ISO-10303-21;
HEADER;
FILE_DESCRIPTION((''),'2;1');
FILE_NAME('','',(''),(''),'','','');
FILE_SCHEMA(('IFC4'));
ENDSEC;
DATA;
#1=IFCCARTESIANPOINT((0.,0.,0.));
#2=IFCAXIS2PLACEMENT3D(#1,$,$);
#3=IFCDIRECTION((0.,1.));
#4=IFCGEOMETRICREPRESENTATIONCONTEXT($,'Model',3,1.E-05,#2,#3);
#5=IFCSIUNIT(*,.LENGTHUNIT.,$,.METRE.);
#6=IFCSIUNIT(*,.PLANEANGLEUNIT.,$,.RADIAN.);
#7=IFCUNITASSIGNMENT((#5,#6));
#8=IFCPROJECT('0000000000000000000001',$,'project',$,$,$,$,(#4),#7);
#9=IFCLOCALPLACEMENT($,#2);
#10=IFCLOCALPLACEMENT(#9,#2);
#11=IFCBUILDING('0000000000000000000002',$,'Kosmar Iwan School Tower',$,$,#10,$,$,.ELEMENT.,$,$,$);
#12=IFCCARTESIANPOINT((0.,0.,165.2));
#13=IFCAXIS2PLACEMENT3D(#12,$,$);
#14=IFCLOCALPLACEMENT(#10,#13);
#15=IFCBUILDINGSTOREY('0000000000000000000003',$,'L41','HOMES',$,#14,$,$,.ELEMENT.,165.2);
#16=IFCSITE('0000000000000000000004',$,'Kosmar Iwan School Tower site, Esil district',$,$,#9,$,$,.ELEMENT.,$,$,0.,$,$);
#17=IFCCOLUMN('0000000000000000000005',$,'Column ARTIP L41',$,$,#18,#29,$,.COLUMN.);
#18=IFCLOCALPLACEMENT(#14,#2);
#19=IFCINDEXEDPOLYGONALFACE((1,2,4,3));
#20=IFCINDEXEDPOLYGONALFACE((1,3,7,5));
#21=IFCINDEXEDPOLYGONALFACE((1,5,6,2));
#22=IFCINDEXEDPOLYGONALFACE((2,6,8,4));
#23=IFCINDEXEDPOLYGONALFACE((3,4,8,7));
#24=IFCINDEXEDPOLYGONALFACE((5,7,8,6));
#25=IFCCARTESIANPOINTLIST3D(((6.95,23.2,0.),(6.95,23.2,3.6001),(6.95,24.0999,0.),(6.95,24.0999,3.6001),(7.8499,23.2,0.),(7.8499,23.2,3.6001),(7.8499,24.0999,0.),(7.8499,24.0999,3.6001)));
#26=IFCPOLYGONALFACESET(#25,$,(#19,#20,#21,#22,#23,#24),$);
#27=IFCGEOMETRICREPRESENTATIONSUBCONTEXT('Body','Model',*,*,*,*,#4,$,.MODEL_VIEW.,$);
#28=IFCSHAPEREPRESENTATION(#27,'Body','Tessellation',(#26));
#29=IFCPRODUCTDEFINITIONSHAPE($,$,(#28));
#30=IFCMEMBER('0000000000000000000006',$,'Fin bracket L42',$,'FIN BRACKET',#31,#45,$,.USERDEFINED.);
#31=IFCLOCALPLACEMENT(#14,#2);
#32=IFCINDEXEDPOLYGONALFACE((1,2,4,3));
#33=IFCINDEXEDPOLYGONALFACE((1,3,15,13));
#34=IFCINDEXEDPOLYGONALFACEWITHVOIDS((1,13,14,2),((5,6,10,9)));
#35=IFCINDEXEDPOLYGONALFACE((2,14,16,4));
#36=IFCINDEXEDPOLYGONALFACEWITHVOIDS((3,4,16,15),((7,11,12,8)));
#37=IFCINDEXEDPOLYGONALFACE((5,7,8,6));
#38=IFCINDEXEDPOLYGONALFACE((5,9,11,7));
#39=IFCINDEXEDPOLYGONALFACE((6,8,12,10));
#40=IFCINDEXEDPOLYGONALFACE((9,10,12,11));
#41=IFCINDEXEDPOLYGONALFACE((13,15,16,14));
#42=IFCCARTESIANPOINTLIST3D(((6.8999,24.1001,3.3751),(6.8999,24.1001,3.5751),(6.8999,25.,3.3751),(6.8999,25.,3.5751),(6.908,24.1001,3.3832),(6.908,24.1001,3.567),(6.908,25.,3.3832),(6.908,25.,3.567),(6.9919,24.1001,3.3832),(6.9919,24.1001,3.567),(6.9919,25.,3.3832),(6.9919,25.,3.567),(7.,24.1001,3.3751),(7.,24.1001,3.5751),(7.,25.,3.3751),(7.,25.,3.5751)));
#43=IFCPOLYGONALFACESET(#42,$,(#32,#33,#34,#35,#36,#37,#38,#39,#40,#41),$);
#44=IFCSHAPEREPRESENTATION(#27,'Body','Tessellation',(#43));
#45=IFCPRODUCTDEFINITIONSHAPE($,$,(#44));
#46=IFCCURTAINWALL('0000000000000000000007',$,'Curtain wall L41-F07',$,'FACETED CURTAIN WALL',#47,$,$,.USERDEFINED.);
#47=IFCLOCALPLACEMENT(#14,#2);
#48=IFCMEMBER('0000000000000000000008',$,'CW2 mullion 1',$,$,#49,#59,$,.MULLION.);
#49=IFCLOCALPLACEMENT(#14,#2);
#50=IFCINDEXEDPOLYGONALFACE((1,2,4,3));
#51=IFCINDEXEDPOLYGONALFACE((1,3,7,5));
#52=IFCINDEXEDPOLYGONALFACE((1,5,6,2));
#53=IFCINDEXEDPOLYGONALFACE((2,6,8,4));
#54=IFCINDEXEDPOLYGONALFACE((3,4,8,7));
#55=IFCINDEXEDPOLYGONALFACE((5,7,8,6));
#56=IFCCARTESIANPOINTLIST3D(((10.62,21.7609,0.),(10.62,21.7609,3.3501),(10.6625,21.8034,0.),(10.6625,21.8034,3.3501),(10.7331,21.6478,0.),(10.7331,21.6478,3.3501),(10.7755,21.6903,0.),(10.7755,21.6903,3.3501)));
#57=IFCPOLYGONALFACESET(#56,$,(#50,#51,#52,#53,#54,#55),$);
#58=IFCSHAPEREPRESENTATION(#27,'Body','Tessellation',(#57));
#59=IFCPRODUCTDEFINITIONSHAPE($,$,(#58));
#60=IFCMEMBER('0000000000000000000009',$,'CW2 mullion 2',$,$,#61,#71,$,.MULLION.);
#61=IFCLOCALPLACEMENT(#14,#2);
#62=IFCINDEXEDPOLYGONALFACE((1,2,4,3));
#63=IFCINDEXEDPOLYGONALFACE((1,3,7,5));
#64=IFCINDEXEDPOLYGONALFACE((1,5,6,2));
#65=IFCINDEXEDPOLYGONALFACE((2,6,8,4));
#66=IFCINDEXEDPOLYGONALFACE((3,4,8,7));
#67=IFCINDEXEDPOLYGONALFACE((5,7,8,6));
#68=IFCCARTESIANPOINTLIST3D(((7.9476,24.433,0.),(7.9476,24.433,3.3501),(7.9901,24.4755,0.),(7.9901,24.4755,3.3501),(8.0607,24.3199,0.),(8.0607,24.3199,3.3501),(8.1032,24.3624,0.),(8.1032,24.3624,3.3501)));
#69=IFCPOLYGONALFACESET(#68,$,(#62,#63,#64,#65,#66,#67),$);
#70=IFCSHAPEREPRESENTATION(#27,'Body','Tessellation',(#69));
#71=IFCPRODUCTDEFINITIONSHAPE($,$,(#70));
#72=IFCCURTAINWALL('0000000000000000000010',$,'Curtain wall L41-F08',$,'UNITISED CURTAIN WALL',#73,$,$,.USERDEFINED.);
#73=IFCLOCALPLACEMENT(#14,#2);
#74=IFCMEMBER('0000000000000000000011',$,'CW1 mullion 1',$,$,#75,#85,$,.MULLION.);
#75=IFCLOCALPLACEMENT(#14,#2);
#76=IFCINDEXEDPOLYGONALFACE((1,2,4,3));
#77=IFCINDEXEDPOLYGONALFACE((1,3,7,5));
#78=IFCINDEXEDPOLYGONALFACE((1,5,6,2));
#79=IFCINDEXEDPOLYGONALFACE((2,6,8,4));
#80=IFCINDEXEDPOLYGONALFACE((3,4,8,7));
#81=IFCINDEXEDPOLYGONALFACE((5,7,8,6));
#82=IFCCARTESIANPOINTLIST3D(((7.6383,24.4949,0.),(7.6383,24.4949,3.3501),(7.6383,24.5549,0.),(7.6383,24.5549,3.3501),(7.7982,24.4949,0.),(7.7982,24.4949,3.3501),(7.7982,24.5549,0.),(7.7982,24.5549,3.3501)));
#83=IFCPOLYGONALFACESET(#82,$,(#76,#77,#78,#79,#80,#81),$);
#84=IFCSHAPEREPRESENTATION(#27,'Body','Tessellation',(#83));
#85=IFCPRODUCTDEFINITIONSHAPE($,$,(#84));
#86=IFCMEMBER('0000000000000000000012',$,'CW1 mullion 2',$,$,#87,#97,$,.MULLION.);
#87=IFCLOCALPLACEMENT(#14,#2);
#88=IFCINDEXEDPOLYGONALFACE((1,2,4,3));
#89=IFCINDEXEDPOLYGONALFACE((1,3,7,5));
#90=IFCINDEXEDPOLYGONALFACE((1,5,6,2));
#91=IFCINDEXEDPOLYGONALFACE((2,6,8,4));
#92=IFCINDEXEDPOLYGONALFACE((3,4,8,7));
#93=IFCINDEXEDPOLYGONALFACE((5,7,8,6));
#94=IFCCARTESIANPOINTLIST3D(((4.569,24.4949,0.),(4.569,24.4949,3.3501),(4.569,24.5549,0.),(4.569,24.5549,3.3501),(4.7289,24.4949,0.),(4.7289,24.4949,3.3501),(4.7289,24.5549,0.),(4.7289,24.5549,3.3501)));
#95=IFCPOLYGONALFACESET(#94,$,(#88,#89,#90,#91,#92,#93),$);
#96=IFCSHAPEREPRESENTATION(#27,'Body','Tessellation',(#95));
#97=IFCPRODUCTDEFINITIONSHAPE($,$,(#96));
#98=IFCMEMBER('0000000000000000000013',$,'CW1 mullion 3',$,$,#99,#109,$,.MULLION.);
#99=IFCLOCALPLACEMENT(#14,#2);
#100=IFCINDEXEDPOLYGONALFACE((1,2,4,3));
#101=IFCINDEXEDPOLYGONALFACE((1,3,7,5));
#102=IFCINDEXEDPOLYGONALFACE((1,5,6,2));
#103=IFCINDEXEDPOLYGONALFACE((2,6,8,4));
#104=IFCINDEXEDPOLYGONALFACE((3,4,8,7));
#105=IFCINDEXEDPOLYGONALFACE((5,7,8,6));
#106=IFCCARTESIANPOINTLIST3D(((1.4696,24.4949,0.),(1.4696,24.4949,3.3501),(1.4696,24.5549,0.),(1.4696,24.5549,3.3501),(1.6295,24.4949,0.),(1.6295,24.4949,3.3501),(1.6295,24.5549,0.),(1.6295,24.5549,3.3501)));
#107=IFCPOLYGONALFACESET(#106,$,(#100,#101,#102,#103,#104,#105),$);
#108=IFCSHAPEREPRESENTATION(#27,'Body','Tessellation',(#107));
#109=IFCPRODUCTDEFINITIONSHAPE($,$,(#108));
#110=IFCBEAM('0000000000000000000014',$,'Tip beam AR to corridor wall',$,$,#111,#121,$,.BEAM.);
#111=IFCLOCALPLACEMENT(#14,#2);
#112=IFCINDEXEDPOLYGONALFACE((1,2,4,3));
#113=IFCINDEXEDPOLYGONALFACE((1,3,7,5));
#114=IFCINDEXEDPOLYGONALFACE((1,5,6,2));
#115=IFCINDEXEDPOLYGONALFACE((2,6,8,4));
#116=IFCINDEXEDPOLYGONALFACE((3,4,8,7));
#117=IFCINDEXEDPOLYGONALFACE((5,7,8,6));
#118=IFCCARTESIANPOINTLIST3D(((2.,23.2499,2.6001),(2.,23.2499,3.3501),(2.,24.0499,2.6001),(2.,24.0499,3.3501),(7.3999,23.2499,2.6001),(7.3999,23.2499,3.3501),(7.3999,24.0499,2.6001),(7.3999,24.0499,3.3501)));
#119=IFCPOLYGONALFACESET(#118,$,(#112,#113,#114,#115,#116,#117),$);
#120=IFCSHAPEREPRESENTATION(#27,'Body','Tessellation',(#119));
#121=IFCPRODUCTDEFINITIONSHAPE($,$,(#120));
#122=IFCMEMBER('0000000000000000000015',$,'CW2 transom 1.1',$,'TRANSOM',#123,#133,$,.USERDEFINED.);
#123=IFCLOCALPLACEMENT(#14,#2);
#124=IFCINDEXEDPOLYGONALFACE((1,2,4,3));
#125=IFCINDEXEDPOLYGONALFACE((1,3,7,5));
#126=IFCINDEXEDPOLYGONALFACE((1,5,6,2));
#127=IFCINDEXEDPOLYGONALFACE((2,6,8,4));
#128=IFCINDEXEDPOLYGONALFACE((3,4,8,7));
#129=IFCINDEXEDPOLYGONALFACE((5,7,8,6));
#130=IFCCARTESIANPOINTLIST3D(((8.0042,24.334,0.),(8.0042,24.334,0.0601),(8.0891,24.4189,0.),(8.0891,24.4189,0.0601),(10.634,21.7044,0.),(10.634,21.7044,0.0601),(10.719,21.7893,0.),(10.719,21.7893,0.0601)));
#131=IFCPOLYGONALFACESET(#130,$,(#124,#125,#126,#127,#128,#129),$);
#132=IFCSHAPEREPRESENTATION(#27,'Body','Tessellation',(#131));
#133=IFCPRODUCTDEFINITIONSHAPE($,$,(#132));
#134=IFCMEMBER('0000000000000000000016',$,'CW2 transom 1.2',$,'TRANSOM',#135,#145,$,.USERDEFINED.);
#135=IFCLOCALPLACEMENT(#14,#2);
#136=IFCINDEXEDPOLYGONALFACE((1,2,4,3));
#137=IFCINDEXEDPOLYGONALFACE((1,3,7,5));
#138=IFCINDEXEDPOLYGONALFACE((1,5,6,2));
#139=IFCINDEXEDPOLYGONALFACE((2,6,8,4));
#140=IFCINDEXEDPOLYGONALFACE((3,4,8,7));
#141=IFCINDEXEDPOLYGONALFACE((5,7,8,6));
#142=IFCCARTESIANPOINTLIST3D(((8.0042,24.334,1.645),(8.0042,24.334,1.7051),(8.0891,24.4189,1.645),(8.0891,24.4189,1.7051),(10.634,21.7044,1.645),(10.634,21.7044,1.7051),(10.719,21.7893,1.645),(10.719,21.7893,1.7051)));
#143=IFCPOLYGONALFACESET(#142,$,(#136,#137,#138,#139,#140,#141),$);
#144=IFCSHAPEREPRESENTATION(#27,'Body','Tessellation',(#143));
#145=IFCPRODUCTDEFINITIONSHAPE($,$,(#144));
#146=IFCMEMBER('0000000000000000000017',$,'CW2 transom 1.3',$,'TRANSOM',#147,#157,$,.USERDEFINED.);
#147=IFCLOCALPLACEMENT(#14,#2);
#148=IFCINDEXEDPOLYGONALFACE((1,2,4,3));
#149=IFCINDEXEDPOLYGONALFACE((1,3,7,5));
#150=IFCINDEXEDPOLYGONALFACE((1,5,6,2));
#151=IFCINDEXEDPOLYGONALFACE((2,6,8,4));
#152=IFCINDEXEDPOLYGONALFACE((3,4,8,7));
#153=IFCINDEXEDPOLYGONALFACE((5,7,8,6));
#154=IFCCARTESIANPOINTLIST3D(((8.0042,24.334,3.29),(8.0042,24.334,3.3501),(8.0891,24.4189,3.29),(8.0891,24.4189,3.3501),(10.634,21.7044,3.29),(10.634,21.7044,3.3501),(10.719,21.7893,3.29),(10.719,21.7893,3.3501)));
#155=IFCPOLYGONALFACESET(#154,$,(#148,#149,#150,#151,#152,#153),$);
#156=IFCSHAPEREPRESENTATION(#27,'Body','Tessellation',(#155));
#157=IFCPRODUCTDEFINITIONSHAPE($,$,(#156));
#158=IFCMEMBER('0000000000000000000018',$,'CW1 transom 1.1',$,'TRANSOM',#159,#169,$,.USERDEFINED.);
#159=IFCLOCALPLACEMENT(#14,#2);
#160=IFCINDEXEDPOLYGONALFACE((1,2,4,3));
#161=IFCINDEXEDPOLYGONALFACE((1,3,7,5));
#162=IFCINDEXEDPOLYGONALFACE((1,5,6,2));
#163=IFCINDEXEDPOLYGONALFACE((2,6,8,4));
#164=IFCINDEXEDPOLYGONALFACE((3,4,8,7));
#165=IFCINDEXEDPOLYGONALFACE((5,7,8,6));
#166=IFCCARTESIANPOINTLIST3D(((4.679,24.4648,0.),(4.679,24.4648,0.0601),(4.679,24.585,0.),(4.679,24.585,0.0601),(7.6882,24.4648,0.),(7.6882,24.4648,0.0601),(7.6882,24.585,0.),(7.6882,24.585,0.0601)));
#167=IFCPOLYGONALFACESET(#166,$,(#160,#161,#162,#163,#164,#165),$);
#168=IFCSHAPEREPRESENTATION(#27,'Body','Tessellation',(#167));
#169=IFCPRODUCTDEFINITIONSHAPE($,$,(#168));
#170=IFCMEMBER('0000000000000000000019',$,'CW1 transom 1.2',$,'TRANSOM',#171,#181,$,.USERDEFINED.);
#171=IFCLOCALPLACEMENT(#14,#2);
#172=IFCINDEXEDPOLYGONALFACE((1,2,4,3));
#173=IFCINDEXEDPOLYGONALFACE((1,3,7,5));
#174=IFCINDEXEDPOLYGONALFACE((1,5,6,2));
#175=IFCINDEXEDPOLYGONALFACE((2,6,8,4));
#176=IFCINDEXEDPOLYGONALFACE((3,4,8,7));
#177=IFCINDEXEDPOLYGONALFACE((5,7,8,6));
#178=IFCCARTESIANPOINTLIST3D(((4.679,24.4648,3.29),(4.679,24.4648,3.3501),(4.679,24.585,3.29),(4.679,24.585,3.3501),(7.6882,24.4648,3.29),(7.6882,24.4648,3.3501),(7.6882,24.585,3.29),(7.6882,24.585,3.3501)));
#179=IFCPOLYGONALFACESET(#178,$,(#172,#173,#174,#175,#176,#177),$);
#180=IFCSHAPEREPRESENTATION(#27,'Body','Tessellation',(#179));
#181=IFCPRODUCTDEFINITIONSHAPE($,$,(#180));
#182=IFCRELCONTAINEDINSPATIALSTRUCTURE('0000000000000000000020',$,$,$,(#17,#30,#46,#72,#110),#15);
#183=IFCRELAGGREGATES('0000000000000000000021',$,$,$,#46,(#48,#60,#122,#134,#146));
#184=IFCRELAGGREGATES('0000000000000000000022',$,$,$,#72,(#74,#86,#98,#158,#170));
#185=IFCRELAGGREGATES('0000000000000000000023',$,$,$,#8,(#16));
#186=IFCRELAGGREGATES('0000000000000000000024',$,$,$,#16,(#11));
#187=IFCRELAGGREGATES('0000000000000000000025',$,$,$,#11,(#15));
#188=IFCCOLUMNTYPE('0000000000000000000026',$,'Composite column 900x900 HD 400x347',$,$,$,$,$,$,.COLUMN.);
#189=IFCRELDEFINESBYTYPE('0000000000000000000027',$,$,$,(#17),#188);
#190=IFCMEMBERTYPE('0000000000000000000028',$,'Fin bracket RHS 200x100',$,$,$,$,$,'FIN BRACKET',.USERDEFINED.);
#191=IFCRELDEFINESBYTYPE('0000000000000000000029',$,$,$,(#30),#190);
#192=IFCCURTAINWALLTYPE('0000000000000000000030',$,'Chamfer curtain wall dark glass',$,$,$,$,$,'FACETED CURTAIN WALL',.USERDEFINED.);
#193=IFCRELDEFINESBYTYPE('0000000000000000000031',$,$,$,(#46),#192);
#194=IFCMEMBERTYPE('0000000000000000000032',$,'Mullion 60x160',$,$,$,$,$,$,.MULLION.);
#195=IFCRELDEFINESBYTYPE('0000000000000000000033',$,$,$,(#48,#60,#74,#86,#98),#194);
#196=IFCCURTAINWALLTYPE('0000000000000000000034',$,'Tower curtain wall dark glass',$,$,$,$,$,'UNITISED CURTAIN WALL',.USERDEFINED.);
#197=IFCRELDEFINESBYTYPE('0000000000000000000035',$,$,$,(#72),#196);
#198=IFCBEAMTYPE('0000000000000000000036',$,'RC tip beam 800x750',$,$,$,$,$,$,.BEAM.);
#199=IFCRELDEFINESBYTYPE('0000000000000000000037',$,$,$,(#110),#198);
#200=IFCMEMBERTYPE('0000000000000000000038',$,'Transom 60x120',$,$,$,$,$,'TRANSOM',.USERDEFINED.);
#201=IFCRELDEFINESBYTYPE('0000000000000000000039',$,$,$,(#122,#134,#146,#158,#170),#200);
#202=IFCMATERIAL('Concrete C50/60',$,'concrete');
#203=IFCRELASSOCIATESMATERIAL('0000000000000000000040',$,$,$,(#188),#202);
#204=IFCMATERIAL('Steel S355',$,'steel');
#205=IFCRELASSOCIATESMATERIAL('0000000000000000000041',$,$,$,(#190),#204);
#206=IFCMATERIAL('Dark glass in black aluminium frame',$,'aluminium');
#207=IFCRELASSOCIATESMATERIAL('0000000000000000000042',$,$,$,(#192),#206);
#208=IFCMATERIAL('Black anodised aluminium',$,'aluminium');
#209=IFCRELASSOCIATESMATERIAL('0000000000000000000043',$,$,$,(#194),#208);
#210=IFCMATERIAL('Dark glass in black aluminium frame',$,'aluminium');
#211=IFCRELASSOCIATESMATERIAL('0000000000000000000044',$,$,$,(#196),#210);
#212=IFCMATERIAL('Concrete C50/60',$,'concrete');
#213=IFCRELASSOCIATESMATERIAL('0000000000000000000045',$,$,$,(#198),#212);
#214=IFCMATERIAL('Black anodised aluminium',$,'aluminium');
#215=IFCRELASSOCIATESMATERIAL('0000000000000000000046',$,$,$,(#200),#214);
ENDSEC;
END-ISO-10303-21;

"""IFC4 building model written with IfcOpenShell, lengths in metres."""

from ifc_helpers import new_model, si_unit, direction, frame, origin, origin_2d, place, context, subcontext, project, spatial, rectangle, hollow_rectangle, extrude, material, material_profile, profile_set, type_object, element, aggregate, save


model = new_model("IFC4")

# Units and contexts
model_context = context("Model", 3, precision=1e-05, world=origin(), true_north=direction((0.0, 1.0)))
body_context = subcontext(model_context, "Body", "Model", "MODEL_VIEW")
ifc_project = project(units=[si_unit("LENGTHUNIT", "METRE"), si_unit("PLANEANGLEUNIT", "RADIAN")], contexts=[model_context])

# Site, building, storey
site_placement = place(None, origin())
site = spatial("IfcSite", under=ifc_project, at=site_placement, Name="Kosmar Iwan School Tower site, Esil district", CompositionType="ELEMENT", RefElevation=0.0)
building_placement = place(site_placement, origin())
building = spatial("IfcBuilding", under=site, at=building_placement, Name="Kosmar Iwan School Tower", CompositionType="ELEMENT")
storey_placement = place(building_placement, frame((0.0, 0.0, 165.2)))
storey = spatial("IfcBuildingStorey", under=building, at=storey_placement, Name="L41", Description="HOMES", CompositionType="ELEMENT", Elevation=165.2)

# Column
ifc_material_1 = material(Name="Concrete C50/60", Category="concrete")
ifc_material_profile_1 = material_profile(ifc_material_1, rectangle(XDim=0.8999, YDim=0.8999, at=origin_2d()), Name="RC 900x900 + HD 400x347")
ifc_profile_set_1 = profile_set([ifc_material_profile_1], Name="Concrete C50/60")
column_type = type_object("IfcColumnType", Name="Composite column 900x900 HD 400x347", PredefinedType="COLUMN", material=ifc_profile_set_1)
column_placement = place(storey_placement, frame((7.3999, 23.6499, 0.0), z_axis=(0.0, 0.0, 1.0), x_axis=(0.0, 1.0, 0.0)))
element("IfcColumn", 1, at=column_placement, inside=storey, type_object=column_type, Name="Column ARTIP L41", PredefinedType="COLUMN", context=body_context, shape_type="SweptSolid", body=[
    extrude(rectangle(XDim=0.8999, YDim=0.8999, at=origin_2d()), origin(), (0.0, 0.0, 1.0), 3.6001),
])

# Member
ifc_material_2 = material(Name="Steel S355", Category="steel")
ifc_material_profile_2 = material_profile(ifc_material_2, hollow_rectangle(XDim=0.1001, YDim=0.2, WallThickness=0.0081, at=origin_2d()), Name="RHS 200x100x8")
ifc_profile_set_2 = profile_set([ifc_material_profile_2], Name="Steel S355")
member_type_1 = type_object("IfcMemberType", Name="Fin bracket RHS 200x100", ElementType="FIN BRACKET", PredefinedType="USERDEFINED", material=ifc_profile_set_2)
member_1_placement = place(storey_placement, frame((6.95, 24.1001, 3.4751), z_axis=(0.0, 1.0, 0.0), x_axis=(-1.0, 0.0, 0.0)))
element("IfcMember", 2, at=member_1_placement, inside=storey, type_object=member_type_1, Name="Fin bracket L42", ObjectType="FIN BRACKET", PredefinedType="USERDEFINED", context=body_context, shape_type="SweptSolid", body=[
    extrude(hollow_rectangle(XDim=0.1001, YDim=0.2, WallThickness=0.0081, at=origin_2d()), origin(), (0.0, 0.0, 1.0), 0.8999),
])

# Curtain walls, members
ifc_material_3 = material(Name="Dark glass in black aluminium frame", Category="aluminium")
curtain_wall_type_1 = type_object("IfcCurtainWallType", Name="Chamfer curtain wall dark glass", ElementType="FACETED CURTAIN WALL", PredefinedType="USERDEFINED", material=ifc_material_3)
curtain_wall_1_placement = place(storey_placement, origin())
curtain_wall_1 = element("IfcCurtainWall", 3, at=curtain_wall_1_placement, inside=storey, type_object=curtain_wall_type_1, Name="Curtain wall L41-F07", ObjectType="FACETED CURTAIN WALL", PredefinedType="USERDEFINED")
ifc_material_4 = material(Name="Black anodised aluminium", Category="aluminium")
ifc_material_profile_3 = material_profile(ifc_material_4, rectangle(XDim=0.0601, YDim=0.1599, at=origin_2d()), Name="MULLION 60x160")
ifc_profile_set_3 = profile_set([ifc_material_profile_3], Name="Black anodised aluminium")
member_type_2 = type_object("IfcMemberType", Name="Mullion 60x160", PredefinedType="MULLION", material=ifc_profile_set_3)
member_2_placement = place(storey_placement, frame((10.6978, 21.7256, 0.0), z_axis=(0.0, 0.0, 1.0), x_axis=(-0.707107, -0.707107, 0.0)))
member_2 = element("IfcMember", 4, at=member_2_placement, type_object=member_type_2, Name="CW2 mullion 1", PredefinedType="MULLION", context=body_context, shape_type="SweptSolid", body=[
    extrude(rectangle(XDim=0.0601, YDim=0.1599, at=origin_2d()), origin(), (0.0, 0.0, 1.0), 3.3501),
])
member_3_placement = place(storey_placement, frame((8.0254, 24.3977, 0.0), z_axis=(0.0, 0.0, 1.0), x_axis=(-0.707107, -0.707107, 0.0)))
member_3 = element("IfcMember", 5, at=member_3_placement, type_object=member_type_2, Name="CW2 mullion 2", PredefinedType="MULLION", context=body_context, shape_type="SweptSolid", body=[
    extrude(rectangle(XDim=0.0601, YDim=0.1599, at=origin_2d()), origin(), (0.0, 0.0, 1.0), 3.3501),
])
ifc_material_5 = material(Name="Dark glass in black aluminium frame", Category="aluminium")
curtain_wall_type_2 = type_object("IfcCurtainWallType", Name="Tower curtain wall dark glass", ElementType="UNITISED CURTAIN WALL", PredefinedType="USERDEFINED", material=ifc_material_5)
curtain_wall_2_placement = place(storey_placement, origin())
curtain_wall_2 = element("IfcCurtainWall", 6, at=curtain_wall_2_placement, inside=storey, type_object=curtain_wall_type_2, Name="Curtain wall L41-F08", ObjectType="UNITISED CURTAIN WALL", PredefinedType="USERDEFINED")
member_4_placement = place(storey_placement, frame((7.7183, 24.5249, 0.0), z_axis=(0.0, 0.0, 1.0), x_axis=(0.0, -1.0, 0.0)))
member_4 = element("IfcMember", 7, at=member_4_placement, type_object=member_type_2, Name="CW1 mullion 1", PredefinedType="MULLION", context=body_context, shape_type="SweptSolid", body=[
    extrude(rectangle(XDim=0.0601, YDim=0.1599, at=origin_2d()), origin(), (0.0, 0.0, 1.0), 3.3501),
])
member_5_placement = place(storey_placement, frame((4.6489, 24.5249, 0.0), z_axis=(0.0, 0.0, 1.0), x_axis=(0.0, -1.0, 0.0)))
member_5 = element("IfcMember", 8, at=member_5_placement, type_object=member_type_2, Name="CW1 mullion 2", PredefinedType="MULLION", context=body_context, shape_type="SweptSolid", body=[
    extrude(rectangle(XDim=0.0601, YDim=0.1599, at=origin_2d()), origin(), (0.0, 0.0, 1.0), 3.3501),
])
member_6_placement = place(storey_placement, frame((1.5496, 24.5249, 0.0), z_axis=(0.0, 0.0, 1.0), x_axis=(0.0, -1.0, 0.0)))
member_6 = element("IfcMember", 9, at=member_6_placement, type_object=member_type_2, Name="CW1 mullion 3", PredefinedType="MULLION", context=body_context, shape_type="SweptSolid", body=[
    extrude(rectangle(XDim=0.0601, YDim=0.1599, at=origin_2d()), origin(), (0.0, 0.0, 1.0), 3.3501),
])

# Beam
ifc_material_6 = material(Name="Concrete C50/60", Category="concrete")
ifc_material_profile_4 = material_profile(ifc_material_6, rectangle(XDim=0.8, YDim=0.75, at=origin_2d()), Name="RC 800x750")
ifc_profile_set_4 = profile_set([ifc_material_profile_4], Name="Concrete C50/60")
beam_type = type_object("IfcBeamType", Name="RC tip beam 800x750", PredefinedType="BEAM", material=ifc_profile_set_4)
beam_placement = place(storey_placement, frame((7.3999, 23.6499, 2.9751), z_axis=(-1.0, 0.0, 0.0), x_axis=(0.0, -1.0, 0.0)))
element("IfcBeam", 10, at=beam_placement, inside=storey, type_object=beam_type, Name="Tip beam AR to corridor wall", PredefinedType="BEAM", context=body_context, shape_type="SweptSolid", body=[
    extrude(rectangle(XDim=0.8, YDim=0.75, at=origin_2d()), origin(), (0.0, 0.0, 1.0), 5.3999),
])

# Members
ifc_material_7 = material(Name="Black anodised aluminium", Category="aluminium")
ifc_material_profile_5 = material_profile(ifc_material_7, rectangle(XDim=0.1201, YDim=0.0601, at=origin_2d()), Name="TRANSOM 60x120")
ifc_profile_set_5 = profile_set([ifc_material_profile_5], Name="Black anodised aluminium")
member_type_3 = type_object("IfcMemberType", Name="Transom 60x120", ElementType="TRANSOM", PredefinedType="USERDEFINED", material=ifc_profile_set_5)
member_7_placement = place(storey_placement, frame((10.6765, 21.7468, 0.03), z_axis=(-0.70714, 0.707074, 0.0), x_axis=(-0.707074, -0.70714, 0.0)))
member_7 = element("IfcMember", 11, at=member_7_placement, type_object=member_type_3, Name="CW2 transom 1.1", ObjectType="TRANSOM", PredefinedType="USERDEFINED", context=body_context, shape_type="SweptSolid", body=[
    extrude(rectangle(XDim=0.1201, YDim=0.0601, at=origin_2d()), origin(), (0.0, 0.0, 1.0), 3.719),
])
member_8_placement = place(storey_placement, frame((10.6765, 21.7468, 1.675), z_axis=(-0.70714, 0.707074, 0.0), x_axis=(-0.707074, -0.70714, 0.0)))
member_8 = element("IfcMember", 12, at=member_8_placement, type_object=member_type_3, Name="CW2 transom 1.2", ObjectType="TRANSOM", PredefinedType="USERDEFINED", context=body_context, shape_type="SweptSolid", body=[
    extrude(rectangle(XDim=0.1201, YDim=0.0601, at=origin_2d()), origin(), (0.0, 0.0, 1.0), 3.719),
])
member_9_placement = place(storey_placement, frame((10.6765, 21.7468, 3.3201), z_axis=(-0.70714, 0.707074, 0.0), x_axis=(-0.707074, -0.70714, 0.0)))
member_9 = element("IfcMember", 13, at=member_9_placement, type_object=member_type_3, Name="CW2 transom 1.3", ObjectType="TRANSOM", PredefinedType="USERDEFINED", context=body_context, shape_type="SweptSolid", body=[
    extrude(rectangle(XDim=0.1201, YDim=0.0601, at=origin_2d()), origin(), (0.0, 0.0, 1.0), 3.719),
])
member_10_placement = place(storey_placement, frame((7.6882, 24.5249, 0.03), z_axis=(-1.0, 0.0, 0.0), x_axis=(0.0, -1.0, 0.0)))
member_10 = element("IfcMember", 14, at=member_10_placement, type_object=member_type_3, Name="CW1 transom 1.1", ObjectType="TRANSOM", PredefinedType="USERDEFINED", context=body_context, shape_type="SweptSolid", body=[
    extrude(rectangle(XDim=0.1201, YDim=0.0601, at=origin_2d()), origin(), (0.0, 0.0, 1.0), 3.0093),
])
member_11_placement = place(storey_placement, frame((7.6882, 24.5249, 3.3201), z_axis=(-1.0, 0.0, 0.0), x_axis=(0.0, -1.0, 0.0)))
member_11 = element("IfcMember", 15, at=member_11_placement, type_object=member_type_3, Name="CW1 transom 1.2", ObjectType="TRANSOM", PredefinedType="USERDEFINED", context=body_context, shape_type="SweptSolid", body=[
    extrude(rectangle(XDim=0.1201, YDim=0.0601, at=origin_2d()), origin(), (0.0, 0.0, 1.0), 3.0093),
])

aggregate(curtain_wall_1, [member_2, member_3, member_7, member_8, member_9])
aggregate(curtain_wall_2, [member_4, member_5, member_6, member_10, member_11])

save(model, "model.ifc")
